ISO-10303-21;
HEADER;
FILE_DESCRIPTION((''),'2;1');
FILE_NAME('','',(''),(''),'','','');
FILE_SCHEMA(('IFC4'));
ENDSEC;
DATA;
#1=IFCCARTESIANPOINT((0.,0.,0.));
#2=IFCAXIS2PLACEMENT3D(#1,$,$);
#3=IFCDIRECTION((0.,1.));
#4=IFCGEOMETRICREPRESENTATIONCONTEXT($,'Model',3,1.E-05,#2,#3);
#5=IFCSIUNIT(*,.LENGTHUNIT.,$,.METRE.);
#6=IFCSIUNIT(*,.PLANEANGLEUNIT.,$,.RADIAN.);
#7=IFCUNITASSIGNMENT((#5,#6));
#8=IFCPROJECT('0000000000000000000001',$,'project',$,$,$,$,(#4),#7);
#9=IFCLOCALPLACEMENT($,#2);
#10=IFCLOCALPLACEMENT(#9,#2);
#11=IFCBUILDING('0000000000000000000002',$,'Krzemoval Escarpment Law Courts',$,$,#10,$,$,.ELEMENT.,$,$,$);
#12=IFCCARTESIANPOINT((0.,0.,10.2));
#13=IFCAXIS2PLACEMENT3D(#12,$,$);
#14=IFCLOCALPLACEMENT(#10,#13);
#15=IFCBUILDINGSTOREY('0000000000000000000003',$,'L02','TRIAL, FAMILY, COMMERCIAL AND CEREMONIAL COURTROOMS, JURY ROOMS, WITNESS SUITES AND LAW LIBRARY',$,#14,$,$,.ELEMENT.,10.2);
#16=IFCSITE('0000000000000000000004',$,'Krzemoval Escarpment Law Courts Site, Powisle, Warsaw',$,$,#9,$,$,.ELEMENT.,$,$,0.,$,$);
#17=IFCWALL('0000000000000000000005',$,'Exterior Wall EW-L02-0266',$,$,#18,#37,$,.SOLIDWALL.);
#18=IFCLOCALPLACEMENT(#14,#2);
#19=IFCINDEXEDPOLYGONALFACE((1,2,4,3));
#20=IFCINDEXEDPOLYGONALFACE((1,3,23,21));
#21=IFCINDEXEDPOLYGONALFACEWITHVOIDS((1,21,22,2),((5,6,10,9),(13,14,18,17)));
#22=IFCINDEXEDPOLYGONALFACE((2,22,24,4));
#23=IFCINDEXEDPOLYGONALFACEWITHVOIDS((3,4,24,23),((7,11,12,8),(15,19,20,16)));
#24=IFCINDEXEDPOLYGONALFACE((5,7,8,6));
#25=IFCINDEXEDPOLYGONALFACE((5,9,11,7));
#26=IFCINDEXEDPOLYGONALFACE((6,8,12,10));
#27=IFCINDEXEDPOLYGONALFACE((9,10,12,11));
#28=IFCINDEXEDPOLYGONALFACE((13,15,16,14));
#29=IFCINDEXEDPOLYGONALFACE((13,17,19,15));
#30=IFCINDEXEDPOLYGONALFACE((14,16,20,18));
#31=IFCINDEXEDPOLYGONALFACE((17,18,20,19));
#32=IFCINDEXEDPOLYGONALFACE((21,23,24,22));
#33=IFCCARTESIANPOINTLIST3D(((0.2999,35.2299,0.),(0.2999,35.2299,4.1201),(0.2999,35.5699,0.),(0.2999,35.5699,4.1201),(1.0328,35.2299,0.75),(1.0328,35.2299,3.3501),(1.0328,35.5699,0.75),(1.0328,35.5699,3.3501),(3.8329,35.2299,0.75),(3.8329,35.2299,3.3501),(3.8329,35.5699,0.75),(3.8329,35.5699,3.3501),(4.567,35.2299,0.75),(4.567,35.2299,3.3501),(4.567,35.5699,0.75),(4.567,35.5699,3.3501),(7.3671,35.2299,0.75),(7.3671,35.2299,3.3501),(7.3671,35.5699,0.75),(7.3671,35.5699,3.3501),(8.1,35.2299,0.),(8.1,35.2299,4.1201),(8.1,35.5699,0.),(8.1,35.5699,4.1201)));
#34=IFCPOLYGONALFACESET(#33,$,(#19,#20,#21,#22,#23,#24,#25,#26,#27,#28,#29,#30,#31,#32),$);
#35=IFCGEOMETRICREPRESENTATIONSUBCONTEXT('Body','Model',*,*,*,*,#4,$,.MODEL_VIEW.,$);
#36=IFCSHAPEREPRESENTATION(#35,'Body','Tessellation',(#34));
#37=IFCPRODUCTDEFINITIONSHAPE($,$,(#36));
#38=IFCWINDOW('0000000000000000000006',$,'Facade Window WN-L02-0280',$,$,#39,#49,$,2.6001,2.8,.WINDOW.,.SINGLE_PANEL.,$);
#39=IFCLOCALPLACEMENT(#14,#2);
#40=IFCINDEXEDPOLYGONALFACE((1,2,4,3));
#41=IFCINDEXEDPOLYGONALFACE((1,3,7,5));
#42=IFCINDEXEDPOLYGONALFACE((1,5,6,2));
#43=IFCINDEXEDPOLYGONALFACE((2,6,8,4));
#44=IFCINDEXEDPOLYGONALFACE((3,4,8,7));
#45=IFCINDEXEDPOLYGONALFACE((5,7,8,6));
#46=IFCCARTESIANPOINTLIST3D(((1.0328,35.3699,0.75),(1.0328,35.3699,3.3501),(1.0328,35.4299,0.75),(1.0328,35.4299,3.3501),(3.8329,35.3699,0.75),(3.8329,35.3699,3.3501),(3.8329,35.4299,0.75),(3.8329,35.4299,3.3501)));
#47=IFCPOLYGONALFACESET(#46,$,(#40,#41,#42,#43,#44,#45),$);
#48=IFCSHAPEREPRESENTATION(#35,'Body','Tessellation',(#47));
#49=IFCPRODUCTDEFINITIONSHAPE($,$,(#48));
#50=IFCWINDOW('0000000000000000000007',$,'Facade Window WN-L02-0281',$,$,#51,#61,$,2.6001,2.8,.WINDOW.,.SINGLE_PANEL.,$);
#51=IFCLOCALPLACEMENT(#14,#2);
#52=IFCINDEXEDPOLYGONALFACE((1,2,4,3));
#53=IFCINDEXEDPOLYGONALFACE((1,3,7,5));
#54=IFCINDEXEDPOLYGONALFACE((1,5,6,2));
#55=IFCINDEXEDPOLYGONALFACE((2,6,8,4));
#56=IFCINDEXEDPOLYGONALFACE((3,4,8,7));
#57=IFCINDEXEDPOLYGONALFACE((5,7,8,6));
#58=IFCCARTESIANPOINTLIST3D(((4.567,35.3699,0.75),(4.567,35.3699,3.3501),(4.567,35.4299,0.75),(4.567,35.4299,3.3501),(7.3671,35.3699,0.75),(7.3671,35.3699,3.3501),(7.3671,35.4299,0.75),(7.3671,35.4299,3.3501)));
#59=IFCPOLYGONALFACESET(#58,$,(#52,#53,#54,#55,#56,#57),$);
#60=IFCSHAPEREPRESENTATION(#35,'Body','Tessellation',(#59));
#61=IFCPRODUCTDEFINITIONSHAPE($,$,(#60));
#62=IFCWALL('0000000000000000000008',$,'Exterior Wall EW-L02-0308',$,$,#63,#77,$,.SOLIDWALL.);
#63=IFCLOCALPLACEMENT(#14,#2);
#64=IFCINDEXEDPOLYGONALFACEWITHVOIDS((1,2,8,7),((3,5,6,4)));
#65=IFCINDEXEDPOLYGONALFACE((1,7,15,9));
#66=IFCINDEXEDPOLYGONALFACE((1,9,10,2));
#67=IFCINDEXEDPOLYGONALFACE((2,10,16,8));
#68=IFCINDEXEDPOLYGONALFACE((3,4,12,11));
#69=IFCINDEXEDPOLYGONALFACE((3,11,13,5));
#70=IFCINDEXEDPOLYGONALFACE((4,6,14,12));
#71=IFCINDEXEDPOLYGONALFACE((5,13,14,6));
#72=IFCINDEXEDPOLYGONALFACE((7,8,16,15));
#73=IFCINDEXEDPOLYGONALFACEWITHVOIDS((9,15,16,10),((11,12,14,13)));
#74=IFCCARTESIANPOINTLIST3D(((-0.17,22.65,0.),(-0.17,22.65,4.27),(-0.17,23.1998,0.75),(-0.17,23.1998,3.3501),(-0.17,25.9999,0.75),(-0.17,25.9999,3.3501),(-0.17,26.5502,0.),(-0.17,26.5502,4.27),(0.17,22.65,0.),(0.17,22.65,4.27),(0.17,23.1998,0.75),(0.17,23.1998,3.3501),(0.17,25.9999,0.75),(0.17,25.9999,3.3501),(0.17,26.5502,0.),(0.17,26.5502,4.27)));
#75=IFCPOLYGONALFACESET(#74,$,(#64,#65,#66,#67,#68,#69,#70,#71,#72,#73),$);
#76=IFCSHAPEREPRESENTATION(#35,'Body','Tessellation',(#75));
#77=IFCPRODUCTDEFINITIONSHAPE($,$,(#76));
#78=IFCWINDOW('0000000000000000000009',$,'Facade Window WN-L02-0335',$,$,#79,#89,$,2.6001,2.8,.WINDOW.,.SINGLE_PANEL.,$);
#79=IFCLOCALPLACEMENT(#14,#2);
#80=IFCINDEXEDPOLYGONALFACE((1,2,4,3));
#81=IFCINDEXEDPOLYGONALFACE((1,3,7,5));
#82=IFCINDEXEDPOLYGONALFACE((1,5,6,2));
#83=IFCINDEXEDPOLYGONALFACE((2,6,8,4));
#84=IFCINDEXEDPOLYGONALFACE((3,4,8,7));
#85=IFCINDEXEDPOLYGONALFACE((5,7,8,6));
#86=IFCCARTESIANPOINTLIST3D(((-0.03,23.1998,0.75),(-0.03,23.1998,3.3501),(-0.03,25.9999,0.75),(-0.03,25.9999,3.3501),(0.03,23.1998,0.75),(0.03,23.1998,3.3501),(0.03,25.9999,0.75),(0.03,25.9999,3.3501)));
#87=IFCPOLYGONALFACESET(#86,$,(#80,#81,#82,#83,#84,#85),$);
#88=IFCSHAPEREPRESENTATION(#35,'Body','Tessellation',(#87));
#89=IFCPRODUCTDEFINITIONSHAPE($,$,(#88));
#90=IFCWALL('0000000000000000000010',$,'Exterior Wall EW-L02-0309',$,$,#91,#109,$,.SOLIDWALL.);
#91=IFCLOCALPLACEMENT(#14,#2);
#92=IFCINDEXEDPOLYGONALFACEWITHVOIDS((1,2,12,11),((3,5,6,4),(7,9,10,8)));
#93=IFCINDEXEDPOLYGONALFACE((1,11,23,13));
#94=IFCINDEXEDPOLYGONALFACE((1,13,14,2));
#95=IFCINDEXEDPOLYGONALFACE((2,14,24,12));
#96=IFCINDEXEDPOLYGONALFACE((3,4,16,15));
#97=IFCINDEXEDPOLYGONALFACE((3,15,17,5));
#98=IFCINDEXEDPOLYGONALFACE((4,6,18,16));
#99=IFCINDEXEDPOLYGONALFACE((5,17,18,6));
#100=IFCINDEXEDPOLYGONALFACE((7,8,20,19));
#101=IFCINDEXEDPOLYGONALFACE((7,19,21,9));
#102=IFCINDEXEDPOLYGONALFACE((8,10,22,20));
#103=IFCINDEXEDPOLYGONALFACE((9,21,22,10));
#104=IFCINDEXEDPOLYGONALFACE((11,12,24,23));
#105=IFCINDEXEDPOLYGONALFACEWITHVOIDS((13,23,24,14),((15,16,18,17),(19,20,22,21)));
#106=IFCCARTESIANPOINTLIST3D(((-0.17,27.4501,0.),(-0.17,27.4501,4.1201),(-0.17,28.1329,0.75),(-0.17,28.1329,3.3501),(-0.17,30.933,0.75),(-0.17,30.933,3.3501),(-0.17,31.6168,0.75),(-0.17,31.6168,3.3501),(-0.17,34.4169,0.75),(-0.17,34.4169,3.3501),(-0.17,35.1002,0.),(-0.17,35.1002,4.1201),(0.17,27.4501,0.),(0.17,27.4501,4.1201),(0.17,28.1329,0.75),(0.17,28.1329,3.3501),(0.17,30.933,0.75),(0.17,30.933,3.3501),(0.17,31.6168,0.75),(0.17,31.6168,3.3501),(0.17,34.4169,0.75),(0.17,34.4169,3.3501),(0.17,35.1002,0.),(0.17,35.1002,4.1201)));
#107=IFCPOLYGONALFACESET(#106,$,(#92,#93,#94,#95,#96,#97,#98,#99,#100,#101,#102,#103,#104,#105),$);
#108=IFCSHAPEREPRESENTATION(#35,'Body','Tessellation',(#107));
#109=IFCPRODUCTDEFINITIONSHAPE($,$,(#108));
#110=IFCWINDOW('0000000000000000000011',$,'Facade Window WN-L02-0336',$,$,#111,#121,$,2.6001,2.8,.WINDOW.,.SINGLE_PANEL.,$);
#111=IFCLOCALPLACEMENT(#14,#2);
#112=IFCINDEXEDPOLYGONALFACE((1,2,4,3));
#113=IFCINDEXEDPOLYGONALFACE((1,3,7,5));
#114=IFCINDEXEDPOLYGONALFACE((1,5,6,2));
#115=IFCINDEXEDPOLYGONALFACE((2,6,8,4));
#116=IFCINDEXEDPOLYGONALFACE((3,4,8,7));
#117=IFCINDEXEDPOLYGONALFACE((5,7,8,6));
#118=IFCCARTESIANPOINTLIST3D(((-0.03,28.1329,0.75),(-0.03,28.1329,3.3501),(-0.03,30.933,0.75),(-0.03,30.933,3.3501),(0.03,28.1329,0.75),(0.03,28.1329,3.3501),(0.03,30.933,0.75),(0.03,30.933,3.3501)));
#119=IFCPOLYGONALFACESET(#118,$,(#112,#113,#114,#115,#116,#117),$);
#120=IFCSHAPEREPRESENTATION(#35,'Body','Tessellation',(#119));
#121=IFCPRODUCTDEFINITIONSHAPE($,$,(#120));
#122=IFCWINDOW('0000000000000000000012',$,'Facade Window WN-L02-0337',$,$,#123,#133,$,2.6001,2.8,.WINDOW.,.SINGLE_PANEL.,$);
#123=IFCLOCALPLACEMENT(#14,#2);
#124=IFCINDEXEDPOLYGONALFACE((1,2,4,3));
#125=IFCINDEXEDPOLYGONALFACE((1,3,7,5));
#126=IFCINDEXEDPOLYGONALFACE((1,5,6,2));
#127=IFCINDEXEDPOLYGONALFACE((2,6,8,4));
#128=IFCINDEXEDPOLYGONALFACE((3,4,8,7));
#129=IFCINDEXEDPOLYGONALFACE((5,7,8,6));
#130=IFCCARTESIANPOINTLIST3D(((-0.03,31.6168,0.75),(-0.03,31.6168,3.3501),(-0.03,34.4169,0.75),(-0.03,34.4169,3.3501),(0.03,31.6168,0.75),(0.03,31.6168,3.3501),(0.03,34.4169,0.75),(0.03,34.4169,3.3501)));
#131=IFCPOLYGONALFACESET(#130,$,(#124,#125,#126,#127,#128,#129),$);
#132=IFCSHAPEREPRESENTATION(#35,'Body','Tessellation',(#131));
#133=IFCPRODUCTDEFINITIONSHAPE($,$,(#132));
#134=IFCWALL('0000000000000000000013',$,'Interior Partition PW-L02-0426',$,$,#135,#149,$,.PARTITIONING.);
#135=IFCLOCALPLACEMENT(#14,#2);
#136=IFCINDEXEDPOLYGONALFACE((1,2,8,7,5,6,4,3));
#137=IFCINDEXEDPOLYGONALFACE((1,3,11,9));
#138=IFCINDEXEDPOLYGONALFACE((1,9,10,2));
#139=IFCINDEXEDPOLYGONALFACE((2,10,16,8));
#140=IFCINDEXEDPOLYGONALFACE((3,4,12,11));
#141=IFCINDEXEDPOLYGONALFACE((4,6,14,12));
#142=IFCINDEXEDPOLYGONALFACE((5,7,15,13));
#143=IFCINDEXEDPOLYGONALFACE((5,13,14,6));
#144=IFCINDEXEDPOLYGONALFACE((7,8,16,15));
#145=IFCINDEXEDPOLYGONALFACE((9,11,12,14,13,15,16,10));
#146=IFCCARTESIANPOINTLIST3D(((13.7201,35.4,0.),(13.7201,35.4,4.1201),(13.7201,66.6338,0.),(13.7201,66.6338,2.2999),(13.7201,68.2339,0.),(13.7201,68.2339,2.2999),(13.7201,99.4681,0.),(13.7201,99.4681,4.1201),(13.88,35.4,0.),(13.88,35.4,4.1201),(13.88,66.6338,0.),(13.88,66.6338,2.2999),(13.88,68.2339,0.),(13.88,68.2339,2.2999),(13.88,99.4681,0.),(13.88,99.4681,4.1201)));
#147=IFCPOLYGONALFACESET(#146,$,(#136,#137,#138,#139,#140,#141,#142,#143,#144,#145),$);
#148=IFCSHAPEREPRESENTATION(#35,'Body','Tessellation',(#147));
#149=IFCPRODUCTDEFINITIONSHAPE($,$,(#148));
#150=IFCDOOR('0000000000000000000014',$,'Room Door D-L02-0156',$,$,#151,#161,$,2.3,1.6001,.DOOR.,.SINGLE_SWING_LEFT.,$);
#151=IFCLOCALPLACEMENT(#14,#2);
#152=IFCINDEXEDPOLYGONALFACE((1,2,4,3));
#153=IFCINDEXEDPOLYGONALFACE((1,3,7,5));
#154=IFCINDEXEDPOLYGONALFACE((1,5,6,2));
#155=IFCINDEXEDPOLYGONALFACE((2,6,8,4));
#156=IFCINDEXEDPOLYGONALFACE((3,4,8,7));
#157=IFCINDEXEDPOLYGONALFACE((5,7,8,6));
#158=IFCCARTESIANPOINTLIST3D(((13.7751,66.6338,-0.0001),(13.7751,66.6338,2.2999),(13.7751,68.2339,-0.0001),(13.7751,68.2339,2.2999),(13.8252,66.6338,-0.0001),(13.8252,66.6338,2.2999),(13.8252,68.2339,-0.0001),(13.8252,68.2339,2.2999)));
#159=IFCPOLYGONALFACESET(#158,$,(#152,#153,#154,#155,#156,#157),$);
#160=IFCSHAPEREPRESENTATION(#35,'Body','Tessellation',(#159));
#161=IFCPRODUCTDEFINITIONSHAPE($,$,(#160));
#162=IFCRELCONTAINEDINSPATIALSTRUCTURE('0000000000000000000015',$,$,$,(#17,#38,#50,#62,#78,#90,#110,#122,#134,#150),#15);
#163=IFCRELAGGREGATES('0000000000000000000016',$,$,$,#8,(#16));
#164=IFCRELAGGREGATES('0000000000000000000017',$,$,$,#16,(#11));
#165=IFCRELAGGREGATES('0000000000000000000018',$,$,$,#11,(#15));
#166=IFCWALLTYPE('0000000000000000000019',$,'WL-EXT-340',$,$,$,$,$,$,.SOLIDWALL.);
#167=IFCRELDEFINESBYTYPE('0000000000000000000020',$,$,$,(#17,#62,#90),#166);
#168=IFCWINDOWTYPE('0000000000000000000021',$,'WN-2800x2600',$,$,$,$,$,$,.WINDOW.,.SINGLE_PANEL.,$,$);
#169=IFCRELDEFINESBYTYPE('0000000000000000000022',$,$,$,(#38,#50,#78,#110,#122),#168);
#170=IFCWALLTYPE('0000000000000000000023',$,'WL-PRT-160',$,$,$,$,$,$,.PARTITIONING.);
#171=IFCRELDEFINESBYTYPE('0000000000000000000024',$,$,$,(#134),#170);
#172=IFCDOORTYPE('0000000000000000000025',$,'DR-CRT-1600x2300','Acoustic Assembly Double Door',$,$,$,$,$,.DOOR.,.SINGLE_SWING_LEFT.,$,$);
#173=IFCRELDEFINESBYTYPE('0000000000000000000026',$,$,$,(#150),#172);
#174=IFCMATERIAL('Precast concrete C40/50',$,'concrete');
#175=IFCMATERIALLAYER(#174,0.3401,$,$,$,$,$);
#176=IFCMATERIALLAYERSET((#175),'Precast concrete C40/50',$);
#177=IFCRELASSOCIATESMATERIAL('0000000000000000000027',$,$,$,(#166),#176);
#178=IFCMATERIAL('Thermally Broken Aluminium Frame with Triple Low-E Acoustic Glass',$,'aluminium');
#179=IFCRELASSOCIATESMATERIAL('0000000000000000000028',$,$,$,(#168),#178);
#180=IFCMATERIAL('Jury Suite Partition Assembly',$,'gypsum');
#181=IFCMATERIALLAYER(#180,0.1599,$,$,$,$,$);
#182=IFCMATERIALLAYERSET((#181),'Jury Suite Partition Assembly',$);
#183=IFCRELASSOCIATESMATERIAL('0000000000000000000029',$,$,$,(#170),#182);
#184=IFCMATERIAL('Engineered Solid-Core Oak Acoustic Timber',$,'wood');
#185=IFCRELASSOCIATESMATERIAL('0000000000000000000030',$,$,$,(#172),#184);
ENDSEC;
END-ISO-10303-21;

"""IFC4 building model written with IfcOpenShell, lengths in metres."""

from ifc_helpers import new_model, si_unit, direction, frame, frame_2d, origin, place, context, subcontext, project, spatial, rectangle, extrude, material, layer, layer_set, type_object, element, fill, save


model = new_model("IFC4")

# Units and contexts
model_context = context("Model", 3, precision=1e-05, world=origin(), true_north=direction((0.0, 1.0)))
body_context = subcontext(model_context, "Body", "Model", "MODEL_VIEW")
ifc_project = project(units=[si_unit("LENGTHUNIT", "METRE"), si_unit("PLANEANGLEUNIT", "RADIAN")], contexts=[model_context])

# Site, building, storey
site_placement = place(None, origin())
site = spatial("IfcSite", under=ifc_project, at=site_placement, Name="Krzemoval Escarpment Law Courts Site, Powisle, Warsaw", CompositionType="ELEMENT", RefElevation=0.0)
building_placement = place(site_placement, origin())
building = spatial("IfcBuilding", under=site, at=building_placement, Name="Krzemoval Escarpment Law Courts", CompositionType="ELEMENT")
storey_placement = place(building_placement, frame((0.0, 0.0, 10.2)))
storey = spatial("IfcBuildingStorey", under=building, at=storey_placement, Name="L02", Description="TRIAL, FAMILY, COMMERCIAL AND CEREMONIAL COURTROOMS, JURY ROOMS, WITNESS SUITES AND LAW LIBRARY", CompositionType="ELEMENT", Elevation=10.2)

# Wall, openings, windows
ifc_material_1 = material(Name="Precast concrete C40/50", Category="concrete")
ifc_layer_1 = layer(ifc_material_1, 0.3401)
ifc_layer_set_1 = layer_set([ifc_layer_1], Name="Precast concrete C40/50")
wall_type_1 = type_object("IfcWallType", Name="WL-EXT-340", PredefinedType="SOLIDWALL", material=ifc_layer_set_1)
wall_1_placement = place(storey_placement, frame((0.3, 35.3999, 0.0), z_axis=(0.0, 0.0, 1.0), x_axis=(1.0, 0.0, 0.0)))
wall_1 = element("IfcWall", 1, at=wall_1_placement, inside=storey, type_object=wall_type_1, Name="Exterior Wall EW-L02-0266", PredefinedType="SOLIDWALL", context=body_context, shape_type="SweptSolid", body=[
    extrude(rectangle(XDim=7.8, YDim=0.3401, at=frame_2d((3.8999, 0.0))), origin(), (0.0, 0.0, 1.0), 4.1201),
])
opening_1_placement = place(wall_1_placement, frame((0.7329, 0.0, 0.75)))
opening_1 = element("IfcOpeningElement", 2, at=opening_1_placement, cuts=wall_1, PredefinedType="OPENING", context=body_context, shape_type="SweptSolid", body=[
    extrude(rectangle(XDim=2.8, YDim=2.6001, at=frame_2d((1.3999, 1.3))), frame((0.0, 0.185, 0.0), z_axis=(0.0, -1.0, 0.0), x_axis=(1.0, 0.0, 0.0)), (0.0, 0.0, 1.0), 0.3701),
])
opening_2_placement = place(wall_1_placement, frame((4.2671, 0.0, 0.75)))
opening_2 = element("IfcOpeningElement", 3, at=opening_2_placement, cuts=wall_1, PredefinedType="OPENING", context=body_context, shape_type="SweptSolid", body=[
    extrude(rectangle(XDim=2.8, YDim=2.6001, at=frame_2d((1.3999, 1.3))), frame((0.0, 0.185, 0.0), z_axis=(0.0, -1.0, 0.0), x_axis=(1.0, 0.0, 0.0)), (0.0, 0.0, 1.0), 0.3701),
])
ifc_material_2 = material(Name="Thermally Broken Aluminium Frame with Triple Low-E Acoustic Glass", Category="aluminium")
window_type = type_object("IfcWindowType", Name="WN-2800x2600", PartitioningType="SINGLE_PANEL", PredefinedType="WINDOW", material=ifc_material_2)
window_1_placement = place(opening_1_placement, origin())
window_1 = element("IfcWindow", 4, at=window_1_placement, inside=storey, type_object=window_type, Name="Facade Window WN-L02-0280", OverallHeight=2.6001, OverallWidth=2.8, PartitioningType="SINGLE_PANEL", PredefinedType="WINDOW", context=body_context, shape_type="SweptSolid", body=[
    extrude(rectangle(XDim=2.8, YDim=2.6001, at=frame_2d((1.3999, 1.3))), frame((0.0, 0.03, 0.0), z_axis=(0.0, -1.0, 0.0), x_axis=(1.0, 0.0, 0.0)), (0.0, 0.0, 1.0), 0.0601),
])
fill(opening_1, window_1)
window_2_placement = place(opening_2_placement, origin())
window_2 = element("IfcWindow", 5, at=window_2_placement, inside=storey, type_object=window_type, Name="Facade Window WN-L02-0281", OverallHeight=2.6001, OverallWidth=2.8, PartitioningType="SINGLE_PANEL", PredefinedType="WINDOW", context=body_context, shape_type="SweptSolid", body=[
    extrude(rectangle(XDim=2.8, YDim=2.6001, at=frame_2d((1.3999, 1.3))), frame((0.0, 0.03, 0.0), z_axis=(0.0, -1.0, 0.0), x_axis=(1.0, 0.0, 0.0)), (0.0, 0.0, 1.0), 0.0601),
])
fill(opening_2, window_2)

# Wall, opening, window
wall_2_placement = place(storey_placement, frame((0.0, 22.6499, 0.0), z_axis=(0.0, 0.0, 1.0), x_axis=(0.0, 1.0, 0.0)))
wall_2 = element("IfcWall", 6, at=wall_2_placement, inside=storey, type_object=wall_type_1, Name="Exterior Wall EW-L02-0308", PredefinedType="SOLIDWALL", context=body_context, shape_type="SweptSolid", body=[
    extrude(rectangle(XDim=3.9001, YDim=0.3401, at=frame_2d((1.9502, 0.0))), origin(), (0.0, 0.0, 1.0), 4.27),
])
opening_3_placement = place(wall_2_placement, frame((0.55, 0.0, 0.75)))
opening_3 = element("IfcOpeningElement", 7, at=opening_3_placement, cuts=wall_2, PredefinedType="OPENING", context=body_context, shape_type="SweptSolid", body=[
    extrude(rectangle(XDim=2.8, YDim=2.6001, at=frame_2d((1.3999, 1.3))), frame((0.0, 0.185, 0.0), z_axis=(0.0, -1.0, 0.0), x_axis=(1.0, 0.0, 0.0)), (0.0, 0.0, 1.0), 0.3701),
])
window_3_placement = place(opening_3_placement, origin())
window_3 = element("IfcWindow", 8, at=window_3_placement, inside=storey, type_object=window_type, Name="Facade Window WN-L02-0335", OverallHeight=2.6001, OverallWidth=2.8, PartitioningType="SINGLE_PANEL", PredefinedType="WINDOW", context=body_context, shape_type="SweptSolid", body=[
    extrude(rectangle(XDim=2.8, YDim=2.6001, at=frame_2d((1.3999, 1.3))), frame((0.0, 0.03, 0.0), z_axis=(0.0, -1.0, 0.0), x_axis=(1.0, 0.0, 0.0)), (0.0, 0.0, 1.0), 0.0601),
])
fill(opening_3, window_3)

# Wall, openings, windows
wall_3_placement = place(storey_placement, frame((0.0, 27.45, 0.0), z_axis=(0.0, 0.0, 1.0), x_axis=(0.0, 1.0, 0.0)))
wall_3 = element("IfcWall", 9, at=wall_3_placement, inside=storey, type_object=wall_type_1, Name="Exterior Wall EW-L02-0309", PredefinedType="SOLIDWALL", context=body_context, shape_type="SweptSolid", body=[
    extrude(rectangle(XDim=7.6501, YDim=0.3401, at=frame_2d((3.8252, 0.0))), origin(), (0.0, 0.0, 1.0), 4.1201),
])
opening_4_placement = place(wall_3_placement, frame((0.6831, 0.0, 0.75)))
opening_4 = element("IfcOpeningElement", 10, at=opening_4_placement, cuts=wall_3, PredefinedType="OPENING", context=body_context, shape_type="SweptSolid", body=[
    extrude(rectangle(XDim=2.8, YDim=2.6001, at=frame_2d((1.3999, 1.3))), frame((0.0, 0.185, 0.0), z_axis=(0.0, -1.0, 0.0), x_axis=(1.0, 0.0, 0.0)), (0.0, 0.0, 1.0), 0.3701),
])
opening_5_placement = place(wall_3_placement, frame((4.167, 0.0, 0.75)))
opening_5 = element("IfcOpeningElement", 11, at=opening_5_placement, cuts=wall_3, PredefinedType="OPENING", context=body_context, shape_type="SweptSolid", body=[
    extrude(rectangle(XDim=2.8, YDim=2.6001, at=frame_2d((1.3999, 1.3))), frame((0.0, 0.185, 0.0), z_axis=(0.0, -1.0, 0.0), x_axis=(1.0, 0.0, 0.0)), (0.0, 0.0, 1.0), 0.3701),
])
window_4_placement = place(opening_4_placement, origin())
window_4 = element("IfcWindow", 12, at=window_4_placement, inside=storey, type_object=window_type, Name="Facade Window WN-L02-0336", OverallHeight=2.6001, OverallWidth=2.8, PartitioningType="SINGLE_PANEL", PredefinedType="WINDOW", context=body_context, shape_type="SweptSolid", body=[
    extrude(rectangle(XDim=2.8, YDim=2.6001, at=frame_2d((1.3999, 1.3))), frame((0.0, 0.03, 0.0), z_axis=(0.0, -1.0, 0.0), x_axis=(1.0, 0.0, 0.0)), (0.0, 0.0, 1.0), 0.0601),
])
fill(opening_4, window_4)
window_5_placement = place(opening_5_placement, origin())
window_5 = element("IfcWindow", 13, at=window_5_placement, inside=storey, type_object=window_type, Name="Facade Window WN-L02-0337", OverallHeight=2.6001, OverallWidth=2.8, PartitioningType="SINGLE_PANEL", PredefinedType="WINDOW", context=body_context, shape_type="SweptSolid", body=[
    extrude(rectangle(XDim=2.8, YDim=2.6001, at=frame_2d((1.3999, 1.3))), frame((0.0, 0.03, 0.0), z_axis=(0.0, -1.0, 0.0), x_axis=(1.0, 0.0, 0.0)), (0.0, 0.0, 1.0), 0.0601),
])
fill(opening_5, window_5)

# Wall, opening, door
ifc_material_3 = material(Name="Jury Suite Partition Assembly", Category="gypsum")
ifc_layer_2 = layer(ifc_material_3, 0.1599)
ifc_layer_set_2 = layer_set([ifc_layer_2], Name="Jury Suite Partition Assembly")
wall_type_2 = type_object("IfcWallType", Name="WL-PRT-160", PredefinedType="PARTITIONING", material=ifc_layer_set_2)
wall_4_placement = place(storey_placement, frame((13.8, 35.3999, 0.0), z_axis=(0.0, 0.0, 1.0), x_axis=(0.0, 1.0, 0.0)))
wall_4 = element("IfcWall", 14, at=wall_4_placement, inside=storey, type_object=wall_type_2, Name="Interior Partition PW-L02-0426", PredefinedType="PARTITIONING", context=body_context, shape_type="SweptSolid", body=[
    extrude(rectangle(XDim=64.0681, YDim=0.1599, at=frame_2d((32.0342, 0.0))), origin(), (0.0, 0.0, 1.0), 4.1201),
])
opening_6_placement = place(wall_4_placement, frame((31.2339, 0.0, 0.0)))
opening_6 = element("IfcOpeningElement", 15, at=opening_6_placement, cuts=wall_4, PredefinedType="OPENING", context=body_context, shape_type="SweptSolid", body=[
    extrude(rectangle(XDim=1.6001, YDim=2.3, at=frame_2d((0.8, 1.1499))), frame((0.0, 0.095, 0.0), z_axis=(0.0, -1.0, 0.0), x_axis=(1.0, 0.0, 0.0)), (0.0, 0.0, 1.0), 0.1899),
])
ifc_material_4 = material(Name="Engineered Solid-Core Oak Acoustic Timber", Category="wood")
door_type_1 = type_object("IfcDoorType", Name="DR-CRT-1600x2300", Description="Acoustic Assembly Double Door", OperationType="SINGLE_SWING_LEFT", PredefinedType="DOOR", material=ifc_material_4)
door_1_placement = place(opening_6_placement, origin())
door_1 = element("IfcDoor", 16, at=door_1_placement, inside=storey, type_object=door_type_1, Name="Room Door D-L02-0156", OperationType="SINGLE_SWING_LEFT", OverallHeight=2.3, OverallWidth=1.6001, PredefinedType="DOOR", context=body_context, shape_type="SweptSolid", body=[
    extrude(rectangle(XDim=1.6001, YDim=2.3, at=frame_2d((0.8, 1.1499))), frame((0.0, 0.0249, 0.0), z_axis=(0.0, -1.0, 0.0), x_axis=(1.0, 0.0, 0.0)), (0.0, 0.0, 1.0), 0.05),
])
fill(opening_6, door_1)

save(model, "model.ifc")
